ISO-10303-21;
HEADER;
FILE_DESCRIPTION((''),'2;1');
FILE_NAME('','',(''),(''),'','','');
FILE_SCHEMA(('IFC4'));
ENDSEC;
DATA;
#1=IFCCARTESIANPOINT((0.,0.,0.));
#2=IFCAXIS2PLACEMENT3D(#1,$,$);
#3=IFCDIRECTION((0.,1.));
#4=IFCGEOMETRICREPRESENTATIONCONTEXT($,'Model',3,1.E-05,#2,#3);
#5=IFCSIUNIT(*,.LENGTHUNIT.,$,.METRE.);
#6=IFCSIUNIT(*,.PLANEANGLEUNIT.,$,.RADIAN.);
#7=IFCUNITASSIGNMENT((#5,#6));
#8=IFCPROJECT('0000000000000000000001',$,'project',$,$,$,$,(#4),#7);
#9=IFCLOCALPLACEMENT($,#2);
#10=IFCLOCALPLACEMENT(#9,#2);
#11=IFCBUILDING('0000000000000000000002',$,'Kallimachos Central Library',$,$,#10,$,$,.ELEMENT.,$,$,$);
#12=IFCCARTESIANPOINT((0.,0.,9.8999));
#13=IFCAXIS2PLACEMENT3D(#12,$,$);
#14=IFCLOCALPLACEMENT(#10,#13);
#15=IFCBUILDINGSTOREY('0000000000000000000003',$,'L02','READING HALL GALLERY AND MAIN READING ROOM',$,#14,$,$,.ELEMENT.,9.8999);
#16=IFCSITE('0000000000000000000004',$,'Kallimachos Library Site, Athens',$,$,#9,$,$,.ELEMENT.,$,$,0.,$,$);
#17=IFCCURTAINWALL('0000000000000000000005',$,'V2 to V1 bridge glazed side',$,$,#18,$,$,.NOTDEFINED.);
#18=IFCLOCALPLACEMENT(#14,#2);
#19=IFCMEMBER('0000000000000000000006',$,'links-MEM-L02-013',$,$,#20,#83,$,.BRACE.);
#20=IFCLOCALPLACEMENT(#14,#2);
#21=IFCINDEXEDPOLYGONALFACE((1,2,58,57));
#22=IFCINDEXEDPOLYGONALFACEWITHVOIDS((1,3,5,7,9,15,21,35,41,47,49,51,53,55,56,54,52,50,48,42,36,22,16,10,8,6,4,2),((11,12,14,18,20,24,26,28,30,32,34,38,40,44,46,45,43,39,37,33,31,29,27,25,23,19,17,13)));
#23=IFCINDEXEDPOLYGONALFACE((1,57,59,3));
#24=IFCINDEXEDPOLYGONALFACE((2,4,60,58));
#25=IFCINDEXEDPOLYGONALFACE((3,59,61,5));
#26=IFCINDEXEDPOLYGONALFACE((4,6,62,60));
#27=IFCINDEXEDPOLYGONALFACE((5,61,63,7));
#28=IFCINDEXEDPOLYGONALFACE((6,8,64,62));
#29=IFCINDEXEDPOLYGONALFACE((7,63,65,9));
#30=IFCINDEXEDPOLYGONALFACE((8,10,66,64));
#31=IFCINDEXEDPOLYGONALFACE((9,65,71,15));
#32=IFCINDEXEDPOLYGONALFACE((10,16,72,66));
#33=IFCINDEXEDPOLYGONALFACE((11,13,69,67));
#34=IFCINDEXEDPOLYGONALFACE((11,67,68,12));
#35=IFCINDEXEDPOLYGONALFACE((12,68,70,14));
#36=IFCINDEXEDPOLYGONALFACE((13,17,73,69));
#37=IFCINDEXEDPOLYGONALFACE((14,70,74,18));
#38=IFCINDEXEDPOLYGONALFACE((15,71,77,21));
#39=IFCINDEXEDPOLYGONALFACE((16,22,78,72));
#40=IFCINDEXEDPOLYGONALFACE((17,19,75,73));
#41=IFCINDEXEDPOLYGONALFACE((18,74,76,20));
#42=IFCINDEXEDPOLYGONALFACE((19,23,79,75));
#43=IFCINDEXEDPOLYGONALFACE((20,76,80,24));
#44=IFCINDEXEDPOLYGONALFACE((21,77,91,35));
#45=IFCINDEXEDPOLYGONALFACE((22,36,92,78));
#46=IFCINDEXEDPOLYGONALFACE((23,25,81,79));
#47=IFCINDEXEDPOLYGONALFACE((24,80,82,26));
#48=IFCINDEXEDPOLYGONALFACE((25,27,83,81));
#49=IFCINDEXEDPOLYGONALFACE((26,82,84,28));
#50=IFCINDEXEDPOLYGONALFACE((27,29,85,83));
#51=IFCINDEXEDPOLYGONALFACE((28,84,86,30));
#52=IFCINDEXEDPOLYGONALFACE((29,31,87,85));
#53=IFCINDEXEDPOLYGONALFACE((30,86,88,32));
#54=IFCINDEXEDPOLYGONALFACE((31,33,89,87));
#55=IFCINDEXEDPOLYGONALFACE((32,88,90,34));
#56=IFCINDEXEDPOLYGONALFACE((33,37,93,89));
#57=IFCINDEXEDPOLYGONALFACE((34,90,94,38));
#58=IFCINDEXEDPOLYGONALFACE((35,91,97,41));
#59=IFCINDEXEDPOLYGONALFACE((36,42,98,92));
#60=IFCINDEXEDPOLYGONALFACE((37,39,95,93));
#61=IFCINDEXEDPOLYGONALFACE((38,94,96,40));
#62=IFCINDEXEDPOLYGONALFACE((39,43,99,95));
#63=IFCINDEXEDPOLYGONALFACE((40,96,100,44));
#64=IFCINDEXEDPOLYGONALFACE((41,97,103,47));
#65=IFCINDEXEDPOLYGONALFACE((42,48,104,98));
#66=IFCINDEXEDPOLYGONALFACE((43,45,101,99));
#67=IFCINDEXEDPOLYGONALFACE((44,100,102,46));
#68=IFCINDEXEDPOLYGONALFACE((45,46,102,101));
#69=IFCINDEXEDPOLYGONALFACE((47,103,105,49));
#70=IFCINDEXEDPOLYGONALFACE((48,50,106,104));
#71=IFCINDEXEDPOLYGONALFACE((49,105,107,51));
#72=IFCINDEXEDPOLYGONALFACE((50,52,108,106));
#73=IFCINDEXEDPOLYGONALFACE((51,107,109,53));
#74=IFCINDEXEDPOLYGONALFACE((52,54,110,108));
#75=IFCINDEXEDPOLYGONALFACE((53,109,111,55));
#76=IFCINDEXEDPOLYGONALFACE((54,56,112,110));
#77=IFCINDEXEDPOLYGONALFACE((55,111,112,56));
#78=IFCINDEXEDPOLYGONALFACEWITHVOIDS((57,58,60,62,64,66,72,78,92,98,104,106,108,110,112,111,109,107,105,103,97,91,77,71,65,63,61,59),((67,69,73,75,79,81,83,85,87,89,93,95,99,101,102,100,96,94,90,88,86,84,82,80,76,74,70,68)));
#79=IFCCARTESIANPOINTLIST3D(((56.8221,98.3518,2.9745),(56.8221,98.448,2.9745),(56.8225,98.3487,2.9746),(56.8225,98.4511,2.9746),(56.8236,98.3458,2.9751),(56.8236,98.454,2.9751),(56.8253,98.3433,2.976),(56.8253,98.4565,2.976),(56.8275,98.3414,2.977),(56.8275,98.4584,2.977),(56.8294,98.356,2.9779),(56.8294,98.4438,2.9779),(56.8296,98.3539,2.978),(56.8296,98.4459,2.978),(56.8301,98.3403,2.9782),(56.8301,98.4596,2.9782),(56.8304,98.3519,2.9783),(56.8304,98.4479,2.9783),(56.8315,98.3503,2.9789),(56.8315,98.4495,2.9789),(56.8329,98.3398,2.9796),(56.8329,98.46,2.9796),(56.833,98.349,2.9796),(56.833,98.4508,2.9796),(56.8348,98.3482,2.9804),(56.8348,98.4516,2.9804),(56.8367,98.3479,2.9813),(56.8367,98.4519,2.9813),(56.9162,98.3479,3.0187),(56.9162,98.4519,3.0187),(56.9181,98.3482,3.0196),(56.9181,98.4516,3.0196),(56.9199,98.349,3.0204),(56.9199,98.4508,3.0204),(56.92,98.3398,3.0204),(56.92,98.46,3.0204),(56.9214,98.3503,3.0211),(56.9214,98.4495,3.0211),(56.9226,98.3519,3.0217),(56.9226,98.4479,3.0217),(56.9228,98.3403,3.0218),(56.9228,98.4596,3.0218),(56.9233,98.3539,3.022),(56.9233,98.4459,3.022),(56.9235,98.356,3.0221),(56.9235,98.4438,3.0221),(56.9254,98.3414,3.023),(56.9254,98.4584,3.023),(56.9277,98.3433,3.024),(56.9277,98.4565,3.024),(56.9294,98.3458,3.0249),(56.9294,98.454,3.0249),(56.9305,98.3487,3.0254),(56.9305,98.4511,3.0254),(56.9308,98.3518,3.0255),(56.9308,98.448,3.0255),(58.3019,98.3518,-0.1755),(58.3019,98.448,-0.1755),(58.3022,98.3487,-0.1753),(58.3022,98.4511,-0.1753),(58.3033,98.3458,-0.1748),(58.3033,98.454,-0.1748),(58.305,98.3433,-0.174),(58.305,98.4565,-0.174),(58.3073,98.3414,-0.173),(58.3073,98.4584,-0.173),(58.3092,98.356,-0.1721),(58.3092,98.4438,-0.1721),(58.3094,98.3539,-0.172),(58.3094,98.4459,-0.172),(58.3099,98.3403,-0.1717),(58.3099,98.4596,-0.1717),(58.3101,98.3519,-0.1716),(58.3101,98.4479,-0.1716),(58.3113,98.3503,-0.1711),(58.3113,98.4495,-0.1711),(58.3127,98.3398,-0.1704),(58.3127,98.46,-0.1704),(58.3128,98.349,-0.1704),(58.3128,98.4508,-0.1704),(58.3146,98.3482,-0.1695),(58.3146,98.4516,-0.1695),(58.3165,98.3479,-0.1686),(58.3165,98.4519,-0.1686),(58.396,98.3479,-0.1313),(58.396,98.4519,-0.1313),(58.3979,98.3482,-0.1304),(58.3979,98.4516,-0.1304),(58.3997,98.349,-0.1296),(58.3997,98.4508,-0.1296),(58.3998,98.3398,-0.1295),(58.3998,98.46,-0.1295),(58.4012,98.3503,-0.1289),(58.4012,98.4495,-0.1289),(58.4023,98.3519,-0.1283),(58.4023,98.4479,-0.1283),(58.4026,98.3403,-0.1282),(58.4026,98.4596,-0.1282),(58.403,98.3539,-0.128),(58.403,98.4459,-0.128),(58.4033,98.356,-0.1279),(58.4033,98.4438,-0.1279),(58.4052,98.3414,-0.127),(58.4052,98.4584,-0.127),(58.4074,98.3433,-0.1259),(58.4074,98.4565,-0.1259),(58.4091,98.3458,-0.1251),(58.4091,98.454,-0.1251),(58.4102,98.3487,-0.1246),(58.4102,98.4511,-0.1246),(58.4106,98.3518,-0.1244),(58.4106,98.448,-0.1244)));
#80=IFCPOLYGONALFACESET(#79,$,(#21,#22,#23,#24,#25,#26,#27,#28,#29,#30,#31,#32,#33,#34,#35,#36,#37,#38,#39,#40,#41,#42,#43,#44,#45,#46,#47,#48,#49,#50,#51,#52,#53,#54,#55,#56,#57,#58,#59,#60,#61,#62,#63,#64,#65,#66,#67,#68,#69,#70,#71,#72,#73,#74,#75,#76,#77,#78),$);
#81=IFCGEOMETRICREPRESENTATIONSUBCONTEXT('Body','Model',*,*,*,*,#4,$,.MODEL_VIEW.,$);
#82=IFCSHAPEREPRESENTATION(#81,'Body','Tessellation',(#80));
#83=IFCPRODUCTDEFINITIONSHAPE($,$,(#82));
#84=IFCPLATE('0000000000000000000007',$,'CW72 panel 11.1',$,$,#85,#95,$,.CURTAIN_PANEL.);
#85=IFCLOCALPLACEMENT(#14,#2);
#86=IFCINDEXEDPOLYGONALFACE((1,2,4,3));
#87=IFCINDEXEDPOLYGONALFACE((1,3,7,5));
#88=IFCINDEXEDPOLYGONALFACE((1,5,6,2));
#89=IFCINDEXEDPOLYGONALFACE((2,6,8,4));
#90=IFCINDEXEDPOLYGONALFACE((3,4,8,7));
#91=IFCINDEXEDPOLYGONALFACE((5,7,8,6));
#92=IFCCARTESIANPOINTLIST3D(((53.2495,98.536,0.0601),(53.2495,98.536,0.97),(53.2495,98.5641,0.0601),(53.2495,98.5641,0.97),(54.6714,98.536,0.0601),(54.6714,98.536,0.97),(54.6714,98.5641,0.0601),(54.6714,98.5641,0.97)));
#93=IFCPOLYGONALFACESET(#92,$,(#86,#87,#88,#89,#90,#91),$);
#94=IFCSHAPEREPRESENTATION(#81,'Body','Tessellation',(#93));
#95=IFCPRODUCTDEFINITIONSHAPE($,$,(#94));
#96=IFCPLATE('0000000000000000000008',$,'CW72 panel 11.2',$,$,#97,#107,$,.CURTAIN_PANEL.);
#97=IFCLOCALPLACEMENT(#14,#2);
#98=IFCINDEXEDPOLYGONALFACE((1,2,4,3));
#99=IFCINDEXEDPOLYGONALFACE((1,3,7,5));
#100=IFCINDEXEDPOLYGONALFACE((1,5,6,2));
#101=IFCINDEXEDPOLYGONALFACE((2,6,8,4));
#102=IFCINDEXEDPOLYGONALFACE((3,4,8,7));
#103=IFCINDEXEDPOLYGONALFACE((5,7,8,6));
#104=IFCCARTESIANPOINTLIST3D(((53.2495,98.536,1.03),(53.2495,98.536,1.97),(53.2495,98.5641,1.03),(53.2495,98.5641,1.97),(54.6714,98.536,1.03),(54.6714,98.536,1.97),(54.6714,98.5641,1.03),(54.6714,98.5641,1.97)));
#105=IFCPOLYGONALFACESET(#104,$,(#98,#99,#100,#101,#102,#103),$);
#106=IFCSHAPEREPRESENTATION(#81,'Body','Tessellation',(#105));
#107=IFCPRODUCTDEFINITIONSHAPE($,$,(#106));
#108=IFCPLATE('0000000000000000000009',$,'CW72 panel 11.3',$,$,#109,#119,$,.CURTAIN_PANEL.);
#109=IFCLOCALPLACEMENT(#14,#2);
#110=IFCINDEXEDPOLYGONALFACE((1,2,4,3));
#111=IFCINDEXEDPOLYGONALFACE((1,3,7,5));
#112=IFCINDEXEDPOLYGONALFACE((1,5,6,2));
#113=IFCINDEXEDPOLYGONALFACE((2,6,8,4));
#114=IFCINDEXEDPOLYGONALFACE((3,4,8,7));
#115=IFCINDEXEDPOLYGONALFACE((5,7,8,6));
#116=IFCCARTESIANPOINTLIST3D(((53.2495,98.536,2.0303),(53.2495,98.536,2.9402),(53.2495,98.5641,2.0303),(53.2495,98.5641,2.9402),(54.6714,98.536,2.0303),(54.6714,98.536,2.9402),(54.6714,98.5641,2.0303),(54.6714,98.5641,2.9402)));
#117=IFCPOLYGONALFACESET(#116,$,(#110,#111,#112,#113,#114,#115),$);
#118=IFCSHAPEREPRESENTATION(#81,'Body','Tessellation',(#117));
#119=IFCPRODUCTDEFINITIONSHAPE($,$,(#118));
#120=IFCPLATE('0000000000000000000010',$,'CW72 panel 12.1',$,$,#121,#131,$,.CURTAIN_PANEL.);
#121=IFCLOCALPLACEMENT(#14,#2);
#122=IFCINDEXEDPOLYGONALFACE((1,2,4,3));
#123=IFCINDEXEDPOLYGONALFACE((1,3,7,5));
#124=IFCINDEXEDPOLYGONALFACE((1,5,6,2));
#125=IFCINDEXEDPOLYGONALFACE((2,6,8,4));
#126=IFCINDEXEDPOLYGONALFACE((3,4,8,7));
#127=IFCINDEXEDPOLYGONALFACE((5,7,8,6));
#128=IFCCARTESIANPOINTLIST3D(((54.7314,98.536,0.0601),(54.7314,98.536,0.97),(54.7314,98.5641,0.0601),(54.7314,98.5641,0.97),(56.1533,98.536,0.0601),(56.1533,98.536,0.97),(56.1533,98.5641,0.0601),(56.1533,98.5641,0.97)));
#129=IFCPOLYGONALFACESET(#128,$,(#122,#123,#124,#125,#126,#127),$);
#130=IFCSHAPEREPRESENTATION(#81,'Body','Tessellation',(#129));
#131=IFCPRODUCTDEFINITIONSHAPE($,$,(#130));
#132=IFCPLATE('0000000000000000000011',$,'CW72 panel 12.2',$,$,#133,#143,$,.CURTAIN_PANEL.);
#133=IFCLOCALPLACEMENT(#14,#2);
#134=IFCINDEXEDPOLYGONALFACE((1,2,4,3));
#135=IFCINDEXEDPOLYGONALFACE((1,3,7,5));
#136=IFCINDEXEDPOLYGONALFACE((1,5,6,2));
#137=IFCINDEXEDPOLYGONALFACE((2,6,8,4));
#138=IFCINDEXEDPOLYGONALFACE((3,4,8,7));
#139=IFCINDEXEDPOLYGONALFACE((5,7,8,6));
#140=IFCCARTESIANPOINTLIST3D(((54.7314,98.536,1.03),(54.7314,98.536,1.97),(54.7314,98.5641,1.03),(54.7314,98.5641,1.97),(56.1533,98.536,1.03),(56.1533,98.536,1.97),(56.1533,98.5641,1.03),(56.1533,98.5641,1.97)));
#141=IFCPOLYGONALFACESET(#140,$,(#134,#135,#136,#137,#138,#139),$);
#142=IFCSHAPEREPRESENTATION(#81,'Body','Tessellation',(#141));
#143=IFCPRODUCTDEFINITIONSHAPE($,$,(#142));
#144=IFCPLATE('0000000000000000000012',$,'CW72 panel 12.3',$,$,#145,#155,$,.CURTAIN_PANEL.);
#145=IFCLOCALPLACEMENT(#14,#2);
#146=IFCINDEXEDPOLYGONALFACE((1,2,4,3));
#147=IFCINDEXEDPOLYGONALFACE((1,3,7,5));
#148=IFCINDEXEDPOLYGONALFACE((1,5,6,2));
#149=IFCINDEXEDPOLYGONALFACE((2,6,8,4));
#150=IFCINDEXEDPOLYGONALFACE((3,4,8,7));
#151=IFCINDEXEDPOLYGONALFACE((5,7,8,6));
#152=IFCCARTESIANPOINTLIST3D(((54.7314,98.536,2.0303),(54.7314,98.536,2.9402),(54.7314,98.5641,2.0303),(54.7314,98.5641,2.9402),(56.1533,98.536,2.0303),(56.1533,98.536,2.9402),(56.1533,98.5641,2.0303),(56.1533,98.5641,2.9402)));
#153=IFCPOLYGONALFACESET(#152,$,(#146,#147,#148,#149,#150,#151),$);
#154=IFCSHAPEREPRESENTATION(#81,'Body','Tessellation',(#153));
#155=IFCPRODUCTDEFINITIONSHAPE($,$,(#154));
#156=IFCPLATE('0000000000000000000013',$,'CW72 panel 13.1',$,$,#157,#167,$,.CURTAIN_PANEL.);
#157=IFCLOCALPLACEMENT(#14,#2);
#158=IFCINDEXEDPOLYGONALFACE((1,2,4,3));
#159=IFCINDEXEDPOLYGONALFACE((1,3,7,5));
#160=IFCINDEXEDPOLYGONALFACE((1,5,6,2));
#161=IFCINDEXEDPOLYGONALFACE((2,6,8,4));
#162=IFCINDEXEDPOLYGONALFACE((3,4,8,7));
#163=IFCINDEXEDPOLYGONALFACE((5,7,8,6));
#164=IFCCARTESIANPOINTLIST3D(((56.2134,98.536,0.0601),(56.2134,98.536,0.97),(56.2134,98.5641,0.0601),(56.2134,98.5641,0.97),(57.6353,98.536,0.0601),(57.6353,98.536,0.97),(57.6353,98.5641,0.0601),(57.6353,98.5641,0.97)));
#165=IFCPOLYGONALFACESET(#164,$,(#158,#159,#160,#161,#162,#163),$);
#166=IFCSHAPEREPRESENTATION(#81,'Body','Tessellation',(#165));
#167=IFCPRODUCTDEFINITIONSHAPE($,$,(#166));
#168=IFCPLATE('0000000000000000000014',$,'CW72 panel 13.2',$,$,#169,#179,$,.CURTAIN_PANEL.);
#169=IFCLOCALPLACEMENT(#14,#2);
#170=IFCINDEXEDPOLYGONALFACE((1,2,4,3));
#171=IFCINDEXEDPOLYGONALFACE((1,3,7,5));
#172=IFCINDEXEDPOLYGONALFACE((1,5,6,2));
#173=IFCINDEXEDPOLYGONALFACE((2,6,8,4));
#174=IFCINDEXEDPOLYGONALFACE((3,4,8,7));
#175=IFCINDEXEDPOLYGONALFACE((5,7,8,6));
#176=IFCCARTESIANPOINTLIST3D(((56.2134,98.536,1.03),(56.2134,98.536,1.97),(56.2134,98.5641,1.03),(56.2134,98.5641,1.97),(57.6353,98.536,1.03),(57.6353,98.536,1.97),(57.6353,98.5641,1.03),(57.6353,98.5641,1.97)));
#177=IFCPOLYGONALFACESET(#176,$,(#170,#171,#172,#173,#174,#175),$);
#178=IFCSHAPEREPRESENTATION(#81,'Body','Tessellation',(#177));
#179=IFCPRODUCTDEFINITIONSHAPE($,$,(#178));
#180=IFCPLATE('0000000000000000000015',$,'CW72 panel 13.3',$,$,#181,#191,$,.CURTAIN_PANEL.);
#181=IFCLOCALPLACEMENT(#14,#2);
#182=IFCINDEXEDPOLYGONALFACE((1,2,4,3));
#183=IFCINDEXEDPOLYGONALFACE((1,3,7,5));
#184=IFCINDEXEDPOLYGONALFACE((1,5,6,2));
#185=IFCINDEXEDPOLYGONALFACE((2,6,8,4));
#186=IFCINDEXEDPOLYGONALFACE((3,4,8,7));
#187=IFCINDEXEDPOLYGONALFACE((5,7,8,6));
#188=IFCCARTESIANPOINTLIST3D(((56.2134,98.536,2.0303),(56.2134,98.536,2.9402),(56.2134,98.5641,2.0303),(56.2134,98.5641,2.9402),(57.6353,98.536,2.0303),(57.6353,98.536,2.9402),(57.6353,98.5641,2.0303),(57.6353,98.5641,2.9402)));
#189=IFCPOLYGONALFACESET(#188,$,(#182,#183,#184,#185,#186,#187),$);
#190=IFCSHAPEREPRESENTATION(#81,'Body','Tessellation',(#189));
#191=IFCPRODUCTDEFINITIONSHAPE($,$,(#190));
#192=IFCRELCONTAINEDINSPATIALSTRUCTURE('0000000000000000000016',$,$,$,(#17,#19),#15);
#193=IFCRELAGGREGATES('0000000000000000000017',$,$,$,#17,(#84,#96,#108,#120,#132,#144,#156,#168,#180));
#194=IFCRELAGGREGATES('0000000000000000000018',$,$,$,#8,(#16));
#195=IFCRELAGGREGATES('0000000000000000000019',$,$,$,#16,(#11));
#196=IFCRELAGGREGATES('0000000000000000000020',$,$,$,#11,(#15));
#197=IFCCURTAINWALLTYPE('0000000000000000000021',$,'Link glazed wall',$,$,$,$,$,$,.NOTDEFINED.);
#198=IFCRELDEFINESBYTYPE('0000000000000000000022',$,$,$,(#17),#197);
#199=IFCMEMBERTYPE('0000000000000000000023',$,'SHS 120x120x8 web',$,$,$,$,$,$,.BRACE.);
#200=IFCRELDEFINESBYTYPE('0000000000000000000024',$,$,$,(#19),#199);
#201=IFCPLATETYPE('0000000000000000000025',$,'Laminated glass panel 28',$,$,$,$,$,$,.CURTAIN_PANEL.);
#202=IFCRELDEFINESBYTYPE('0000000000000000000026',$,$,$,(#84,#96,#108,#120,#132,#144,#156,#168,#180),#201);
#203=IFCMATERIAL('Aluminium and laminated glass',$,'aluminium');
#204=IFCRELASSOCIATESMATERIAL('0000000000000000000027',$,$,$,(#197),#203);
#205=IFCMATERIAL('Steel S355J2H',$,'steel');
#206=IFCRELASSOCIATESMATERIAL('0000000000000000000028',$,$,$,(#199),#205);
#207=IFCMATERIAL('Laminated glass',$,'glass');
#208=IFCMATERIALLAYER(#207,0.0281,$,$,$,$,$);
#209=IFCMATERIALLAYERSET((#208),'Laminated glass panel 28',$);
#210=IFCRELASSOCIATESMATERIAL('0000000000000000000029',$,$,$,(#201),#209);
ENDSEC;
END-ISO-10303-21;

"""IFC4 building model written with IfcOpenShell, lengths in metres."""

from ifc_helpers import new_model, si_unit, direction, frame, origin, origin_2d, place, context, subcontext, project, spatial, rectangle, hollow_rectangle, extrude, material, layer, layer_set, material_profile, profile_set, type_object, element, aggregate, save


model = new_model("IFC4")

# Units and contexts
model_context = context("Model", 3, precision=1e-05, world=origin(), true_north=direction((0.0, 1.0)))
body_context = subcontext(model_context, "Body", "Model", "MODEL_VIEW")
ifc_project = project(units=[si_unit("LENGTHUNIT", "METRE"), si_unit("PLANEANGLEUNIT", "RADIAN")], contexts=[model_context])

# Site, building, storey
site_placement = place(None, origin())
site = spatial("IfcSite", under=ifc_project, at=site_placement, Name="Kallimachos Library Site, Athens", CompositionType="ELEMENT", RefElevation=0.0)
building_placement = place(site_placement, origin())
building = spatial("IfcBuilding", under=site, at=building_placement, Name="Kallimachos Central Library", CompositionType="ELEMENT")
storey_placement = place(building_placement, frame((0.0, 0.0, 9.8999)))
storey = spatial("IfcBuildingStorey", under=building, at=storey_placement, Name="L02", Description="READING HALL GALLERY AND MAIN READING ROOM", CompositionType="ELEMENT", Elevation=9.8999)

# Curtain wall
ifc_material_1 = material(Name="Aluminium and laminated glass", Category="aluminium")
curtain_wall_type = type_object("IfcCurtainWallType", Name="Link glazed wall", PredefinedType="NOTDEFINED", material=ifc_material_1)
curtain_wall_placement = place(storey_placement, origin())
curtain_wall = element("IfcCurtainWall", 1, at=curtain_wall_placement, inside=storey, type_object=curtain_wall_type, Name="V2 to V1 bridge glazed side", PredefinedType="NOTDEFINED")

# Member
ifc_material_2 = material(Name="Steel S355J2H", Category="steel")
ifc_material_profile_1 = material_profile(ifc_material_2, hollow_rectangle(XDim=0.1201, YDim=0.1201, WallThickness=0.0081, InnerFilletRadius=0.0081, OuterFilletRadius=0.012, at=origin_2d()), Name="SHS 120x120x8")
ifc_profile_set_1 = profile_set([ifc_material_profile_1], Name="Steel S355J2H")
member_type_1 = type_object("IfcMemberType", Name="SHS 120x120x8 web", PredefinedType="BRACE", material=ifc_profile_set_1)
for number, where, z_axis, x_axis, name in (
    (2, (56.8765, 98.3999, 3.0), (0.425192, 0.0, -0.905103), (0.0, 1.0, 0.0), "links-MEM-L02-013"),
):
    element("IfcMember", number, at=place(storey_placement, frame(where, z_axis=z_axis, x_axis=x_axis)), inside=storey, type_object=member_type_1, Name=name, PredefinedType="BRACE", context=body_context, shape_type="SweptSolid", body=[
        extrude(hollow_rectangle(XDim=0.1201, YDim=0.1201, WallThickness=0.0081, InnerFilletRadius=0.0081, OuterFilletRadius=0.012, at=origin_2d()), origin(), (0.0, 0.0, 1.0), 3.4802),
    ])

# Plates
ifc_material_3 = material(Name="Laminated glass", Category="glass")
ifc_layer = layer(ifc_material_3, 0.0281)
ifc_layer_set = layer_set([ifc_layer], Name="Laminated glass panel 28")
plate_type = type_object("IfcPlateType", Name="Laminated glass panel 28", PredefinedType="CURTAIN_PANEL", material=ifc_layer_set)
plate_1_placement = place(storey_placement, frame((53.9604, 98.55, 0.0601), z_axis=(0.0, 0.0, 1.0), x_axis=(1.0, 0.0, 0.0)))
plate_1 = element("IfcPlate", 3, at=plate_1_placement, type_object=plate_type, Name="CW72 panel 11.1", PredefinedType="CURTAIN_PANEL", context=body_context, shape_type="SweptSolid", body=[
    extrude(rectangle(XDim=1.4219, YDim=0.0281, at=origin_2d()), origin(), (0.0, 0.0, 1.0), 0.9099),
])
plate_2_placement = place(storey_placement, frame((53.9604, 98.55, 1.03), z_axis=(0.0, 0.0, 1.0), x_axis=(1.0, 0.0, 0.0)))
plate_2 = element("IfcPlate", 4, at=plate_2_placement, type_object=plate_type, Name="CW72 panel 11.2", PredefinedType="CURTAIN_PANEL", context=body_context, shape_type="SweptSolid", body=[
    extrude(rectangle(XDim=1.4219, YDim=0.0281, at=origin_2d()), origin(), (0.0, 0.0, 1.0), 0.9399),
])
plate_3_placement = place(storey_placement, frame((53.9604, 98.55, 2.0303), z_axis=(0.0, 0.0, 1.0), x_axis=(1.0, 0.0, 0.0)))
plate_3 = element("IfcPlate", 5, at=plate_3_placement, type_object=plate_type, Name="CW72 panel 11.3", PredefinedType="CURTAIN_PANEL", context=body_context, shape_type="SweptSolid", body=[
    extrude(rectangle(XDim=1.4219, YDim=0.0281, at=origin_2d()), origin(), (0.0, 0.0, 1.0), 0.9099),
])
plate_4_placement = place(storey_placement, frame((55.4424, 98.55, 0.0601), z_axis=(0.0, 0.0, 1.0), x_axis=(1.0, 0.0, 0.0)))
plate_4 = element("IfcPlate", 6, at=plate_4_placement, type_object=plate_type, Name="CW72 panel 12.1", PredefinedType="CURTAIN_PANEL", context=body_context, shape_type="SweptSolid", body=[
    extrude(rectangle(XDim=1.4219, YDim=0.0281, at=origin_2d()), origin(), (0.0, 0.0, 1.0), 0.9099),
])
plate_5_placement = place(storey_placement, frame((55.4424, 98.55, 1.03), z_axis=(0.0, 0.0, 1.0), x_axis=(1.0, 0.0, 0.0)))
plate_5 = element("IfcPlate", 7, at=plate_5_placement, type_object=plate_type, Name="CW72 panel 12.2", PredefinedType="CURTAIN_PANEL", context=body_context, shape_type="SweptSolid", body=[
    extrude(rectangle(XDim=1.4219, YDim=0.0281, at=origin_2d()), origin(), (0.0, 0.0, 1.0), 0.9399),
])
plate_6_placement = place(storey_placement, frame((55.4424, 98.55, 2.0303), z_axis=(0.0, 0.0, 1.0), x_axis=(1.0, 0.0, 0.0)))
plate_6 = element("IfcPlate", 8, at=plate_6_placement, type_object=plate_type, Name="CW72 panel 12.3", PredefinedType="CURTAIN_PANEL", context=body_context, shape_type="SweptSolid", body=[
    extrude(rectangle(XDim=1.4219, YDim=0.0281, at=origin_2d()), origin(), (0.0, 0.0, 1.0), 0.9099),
])
plate_7_placement = place(storey_placement, frame((56.9243, 98.55, 0.0601), z_axis=(0.0, 0.0, 1.0), x_axis=(1.0, 0.0, 0.0)))
plate_7 = element("IfcPlate", 9, at=plate_7_placement, type_object=plate_type, Name="CW72 panel 13.1", PredefinedType="CURTAIN_PANEL", context=body_context, shape_type="SweptSolid", body=[
    extrude(rectangle(XDim=1.4219, YDim=0.0281, at=origin_2d()), origin(), (0.0, 0.0, 1.0), 0.9099),
])
plate_8_placement = place(storey_placement, frame((56.9243, 98.55, 1.03), z_axis=(0.0, 0.0, 1.0), x_axis=(1.0, 0.0, 0.0)))
plate_8 = element("IfcPlate", 10, at=plate_8_placement, type_object=plate_type, Name="CW72 panel 13.2", PredefinedType="CURTAIN_PANEL", context=body_context, shape_type="SweptSolid", body=[
    extrude(rectangle(XDim=1.4219, YDim=0.0281, at=origin_2d()), origin(), (0.0, 0.0, 1.0), 0.9399),
])
plate_9_placement = place(storey_placement, frame((56.9243, 98.55, 2.0303), z_axis=(0.0, 0.0, 1.0), x_axis=(1.0, 0.0, 0.0)))
plate_9 = element("IfcPlate", 11, at=plate_9_placement, type_object=plate_type, Name="CW72 panel 13.3", PredefinedType="CURTAIN_PANEL", context=body_context, shape_type="SweptSolid", body=[
    extrude(rectangle(XDim=1.4219, YDim=0.0281, at=origin_2d()), origin(), (0.0, 0.0, 1.0), 0.9099),
])
aggregate(curtain_wall, [plate_1, plate_2, plate_3, plate_4, plate_5, plate_6, plate_7, plate_8, plate_9])

save(model, "model.ifc")
